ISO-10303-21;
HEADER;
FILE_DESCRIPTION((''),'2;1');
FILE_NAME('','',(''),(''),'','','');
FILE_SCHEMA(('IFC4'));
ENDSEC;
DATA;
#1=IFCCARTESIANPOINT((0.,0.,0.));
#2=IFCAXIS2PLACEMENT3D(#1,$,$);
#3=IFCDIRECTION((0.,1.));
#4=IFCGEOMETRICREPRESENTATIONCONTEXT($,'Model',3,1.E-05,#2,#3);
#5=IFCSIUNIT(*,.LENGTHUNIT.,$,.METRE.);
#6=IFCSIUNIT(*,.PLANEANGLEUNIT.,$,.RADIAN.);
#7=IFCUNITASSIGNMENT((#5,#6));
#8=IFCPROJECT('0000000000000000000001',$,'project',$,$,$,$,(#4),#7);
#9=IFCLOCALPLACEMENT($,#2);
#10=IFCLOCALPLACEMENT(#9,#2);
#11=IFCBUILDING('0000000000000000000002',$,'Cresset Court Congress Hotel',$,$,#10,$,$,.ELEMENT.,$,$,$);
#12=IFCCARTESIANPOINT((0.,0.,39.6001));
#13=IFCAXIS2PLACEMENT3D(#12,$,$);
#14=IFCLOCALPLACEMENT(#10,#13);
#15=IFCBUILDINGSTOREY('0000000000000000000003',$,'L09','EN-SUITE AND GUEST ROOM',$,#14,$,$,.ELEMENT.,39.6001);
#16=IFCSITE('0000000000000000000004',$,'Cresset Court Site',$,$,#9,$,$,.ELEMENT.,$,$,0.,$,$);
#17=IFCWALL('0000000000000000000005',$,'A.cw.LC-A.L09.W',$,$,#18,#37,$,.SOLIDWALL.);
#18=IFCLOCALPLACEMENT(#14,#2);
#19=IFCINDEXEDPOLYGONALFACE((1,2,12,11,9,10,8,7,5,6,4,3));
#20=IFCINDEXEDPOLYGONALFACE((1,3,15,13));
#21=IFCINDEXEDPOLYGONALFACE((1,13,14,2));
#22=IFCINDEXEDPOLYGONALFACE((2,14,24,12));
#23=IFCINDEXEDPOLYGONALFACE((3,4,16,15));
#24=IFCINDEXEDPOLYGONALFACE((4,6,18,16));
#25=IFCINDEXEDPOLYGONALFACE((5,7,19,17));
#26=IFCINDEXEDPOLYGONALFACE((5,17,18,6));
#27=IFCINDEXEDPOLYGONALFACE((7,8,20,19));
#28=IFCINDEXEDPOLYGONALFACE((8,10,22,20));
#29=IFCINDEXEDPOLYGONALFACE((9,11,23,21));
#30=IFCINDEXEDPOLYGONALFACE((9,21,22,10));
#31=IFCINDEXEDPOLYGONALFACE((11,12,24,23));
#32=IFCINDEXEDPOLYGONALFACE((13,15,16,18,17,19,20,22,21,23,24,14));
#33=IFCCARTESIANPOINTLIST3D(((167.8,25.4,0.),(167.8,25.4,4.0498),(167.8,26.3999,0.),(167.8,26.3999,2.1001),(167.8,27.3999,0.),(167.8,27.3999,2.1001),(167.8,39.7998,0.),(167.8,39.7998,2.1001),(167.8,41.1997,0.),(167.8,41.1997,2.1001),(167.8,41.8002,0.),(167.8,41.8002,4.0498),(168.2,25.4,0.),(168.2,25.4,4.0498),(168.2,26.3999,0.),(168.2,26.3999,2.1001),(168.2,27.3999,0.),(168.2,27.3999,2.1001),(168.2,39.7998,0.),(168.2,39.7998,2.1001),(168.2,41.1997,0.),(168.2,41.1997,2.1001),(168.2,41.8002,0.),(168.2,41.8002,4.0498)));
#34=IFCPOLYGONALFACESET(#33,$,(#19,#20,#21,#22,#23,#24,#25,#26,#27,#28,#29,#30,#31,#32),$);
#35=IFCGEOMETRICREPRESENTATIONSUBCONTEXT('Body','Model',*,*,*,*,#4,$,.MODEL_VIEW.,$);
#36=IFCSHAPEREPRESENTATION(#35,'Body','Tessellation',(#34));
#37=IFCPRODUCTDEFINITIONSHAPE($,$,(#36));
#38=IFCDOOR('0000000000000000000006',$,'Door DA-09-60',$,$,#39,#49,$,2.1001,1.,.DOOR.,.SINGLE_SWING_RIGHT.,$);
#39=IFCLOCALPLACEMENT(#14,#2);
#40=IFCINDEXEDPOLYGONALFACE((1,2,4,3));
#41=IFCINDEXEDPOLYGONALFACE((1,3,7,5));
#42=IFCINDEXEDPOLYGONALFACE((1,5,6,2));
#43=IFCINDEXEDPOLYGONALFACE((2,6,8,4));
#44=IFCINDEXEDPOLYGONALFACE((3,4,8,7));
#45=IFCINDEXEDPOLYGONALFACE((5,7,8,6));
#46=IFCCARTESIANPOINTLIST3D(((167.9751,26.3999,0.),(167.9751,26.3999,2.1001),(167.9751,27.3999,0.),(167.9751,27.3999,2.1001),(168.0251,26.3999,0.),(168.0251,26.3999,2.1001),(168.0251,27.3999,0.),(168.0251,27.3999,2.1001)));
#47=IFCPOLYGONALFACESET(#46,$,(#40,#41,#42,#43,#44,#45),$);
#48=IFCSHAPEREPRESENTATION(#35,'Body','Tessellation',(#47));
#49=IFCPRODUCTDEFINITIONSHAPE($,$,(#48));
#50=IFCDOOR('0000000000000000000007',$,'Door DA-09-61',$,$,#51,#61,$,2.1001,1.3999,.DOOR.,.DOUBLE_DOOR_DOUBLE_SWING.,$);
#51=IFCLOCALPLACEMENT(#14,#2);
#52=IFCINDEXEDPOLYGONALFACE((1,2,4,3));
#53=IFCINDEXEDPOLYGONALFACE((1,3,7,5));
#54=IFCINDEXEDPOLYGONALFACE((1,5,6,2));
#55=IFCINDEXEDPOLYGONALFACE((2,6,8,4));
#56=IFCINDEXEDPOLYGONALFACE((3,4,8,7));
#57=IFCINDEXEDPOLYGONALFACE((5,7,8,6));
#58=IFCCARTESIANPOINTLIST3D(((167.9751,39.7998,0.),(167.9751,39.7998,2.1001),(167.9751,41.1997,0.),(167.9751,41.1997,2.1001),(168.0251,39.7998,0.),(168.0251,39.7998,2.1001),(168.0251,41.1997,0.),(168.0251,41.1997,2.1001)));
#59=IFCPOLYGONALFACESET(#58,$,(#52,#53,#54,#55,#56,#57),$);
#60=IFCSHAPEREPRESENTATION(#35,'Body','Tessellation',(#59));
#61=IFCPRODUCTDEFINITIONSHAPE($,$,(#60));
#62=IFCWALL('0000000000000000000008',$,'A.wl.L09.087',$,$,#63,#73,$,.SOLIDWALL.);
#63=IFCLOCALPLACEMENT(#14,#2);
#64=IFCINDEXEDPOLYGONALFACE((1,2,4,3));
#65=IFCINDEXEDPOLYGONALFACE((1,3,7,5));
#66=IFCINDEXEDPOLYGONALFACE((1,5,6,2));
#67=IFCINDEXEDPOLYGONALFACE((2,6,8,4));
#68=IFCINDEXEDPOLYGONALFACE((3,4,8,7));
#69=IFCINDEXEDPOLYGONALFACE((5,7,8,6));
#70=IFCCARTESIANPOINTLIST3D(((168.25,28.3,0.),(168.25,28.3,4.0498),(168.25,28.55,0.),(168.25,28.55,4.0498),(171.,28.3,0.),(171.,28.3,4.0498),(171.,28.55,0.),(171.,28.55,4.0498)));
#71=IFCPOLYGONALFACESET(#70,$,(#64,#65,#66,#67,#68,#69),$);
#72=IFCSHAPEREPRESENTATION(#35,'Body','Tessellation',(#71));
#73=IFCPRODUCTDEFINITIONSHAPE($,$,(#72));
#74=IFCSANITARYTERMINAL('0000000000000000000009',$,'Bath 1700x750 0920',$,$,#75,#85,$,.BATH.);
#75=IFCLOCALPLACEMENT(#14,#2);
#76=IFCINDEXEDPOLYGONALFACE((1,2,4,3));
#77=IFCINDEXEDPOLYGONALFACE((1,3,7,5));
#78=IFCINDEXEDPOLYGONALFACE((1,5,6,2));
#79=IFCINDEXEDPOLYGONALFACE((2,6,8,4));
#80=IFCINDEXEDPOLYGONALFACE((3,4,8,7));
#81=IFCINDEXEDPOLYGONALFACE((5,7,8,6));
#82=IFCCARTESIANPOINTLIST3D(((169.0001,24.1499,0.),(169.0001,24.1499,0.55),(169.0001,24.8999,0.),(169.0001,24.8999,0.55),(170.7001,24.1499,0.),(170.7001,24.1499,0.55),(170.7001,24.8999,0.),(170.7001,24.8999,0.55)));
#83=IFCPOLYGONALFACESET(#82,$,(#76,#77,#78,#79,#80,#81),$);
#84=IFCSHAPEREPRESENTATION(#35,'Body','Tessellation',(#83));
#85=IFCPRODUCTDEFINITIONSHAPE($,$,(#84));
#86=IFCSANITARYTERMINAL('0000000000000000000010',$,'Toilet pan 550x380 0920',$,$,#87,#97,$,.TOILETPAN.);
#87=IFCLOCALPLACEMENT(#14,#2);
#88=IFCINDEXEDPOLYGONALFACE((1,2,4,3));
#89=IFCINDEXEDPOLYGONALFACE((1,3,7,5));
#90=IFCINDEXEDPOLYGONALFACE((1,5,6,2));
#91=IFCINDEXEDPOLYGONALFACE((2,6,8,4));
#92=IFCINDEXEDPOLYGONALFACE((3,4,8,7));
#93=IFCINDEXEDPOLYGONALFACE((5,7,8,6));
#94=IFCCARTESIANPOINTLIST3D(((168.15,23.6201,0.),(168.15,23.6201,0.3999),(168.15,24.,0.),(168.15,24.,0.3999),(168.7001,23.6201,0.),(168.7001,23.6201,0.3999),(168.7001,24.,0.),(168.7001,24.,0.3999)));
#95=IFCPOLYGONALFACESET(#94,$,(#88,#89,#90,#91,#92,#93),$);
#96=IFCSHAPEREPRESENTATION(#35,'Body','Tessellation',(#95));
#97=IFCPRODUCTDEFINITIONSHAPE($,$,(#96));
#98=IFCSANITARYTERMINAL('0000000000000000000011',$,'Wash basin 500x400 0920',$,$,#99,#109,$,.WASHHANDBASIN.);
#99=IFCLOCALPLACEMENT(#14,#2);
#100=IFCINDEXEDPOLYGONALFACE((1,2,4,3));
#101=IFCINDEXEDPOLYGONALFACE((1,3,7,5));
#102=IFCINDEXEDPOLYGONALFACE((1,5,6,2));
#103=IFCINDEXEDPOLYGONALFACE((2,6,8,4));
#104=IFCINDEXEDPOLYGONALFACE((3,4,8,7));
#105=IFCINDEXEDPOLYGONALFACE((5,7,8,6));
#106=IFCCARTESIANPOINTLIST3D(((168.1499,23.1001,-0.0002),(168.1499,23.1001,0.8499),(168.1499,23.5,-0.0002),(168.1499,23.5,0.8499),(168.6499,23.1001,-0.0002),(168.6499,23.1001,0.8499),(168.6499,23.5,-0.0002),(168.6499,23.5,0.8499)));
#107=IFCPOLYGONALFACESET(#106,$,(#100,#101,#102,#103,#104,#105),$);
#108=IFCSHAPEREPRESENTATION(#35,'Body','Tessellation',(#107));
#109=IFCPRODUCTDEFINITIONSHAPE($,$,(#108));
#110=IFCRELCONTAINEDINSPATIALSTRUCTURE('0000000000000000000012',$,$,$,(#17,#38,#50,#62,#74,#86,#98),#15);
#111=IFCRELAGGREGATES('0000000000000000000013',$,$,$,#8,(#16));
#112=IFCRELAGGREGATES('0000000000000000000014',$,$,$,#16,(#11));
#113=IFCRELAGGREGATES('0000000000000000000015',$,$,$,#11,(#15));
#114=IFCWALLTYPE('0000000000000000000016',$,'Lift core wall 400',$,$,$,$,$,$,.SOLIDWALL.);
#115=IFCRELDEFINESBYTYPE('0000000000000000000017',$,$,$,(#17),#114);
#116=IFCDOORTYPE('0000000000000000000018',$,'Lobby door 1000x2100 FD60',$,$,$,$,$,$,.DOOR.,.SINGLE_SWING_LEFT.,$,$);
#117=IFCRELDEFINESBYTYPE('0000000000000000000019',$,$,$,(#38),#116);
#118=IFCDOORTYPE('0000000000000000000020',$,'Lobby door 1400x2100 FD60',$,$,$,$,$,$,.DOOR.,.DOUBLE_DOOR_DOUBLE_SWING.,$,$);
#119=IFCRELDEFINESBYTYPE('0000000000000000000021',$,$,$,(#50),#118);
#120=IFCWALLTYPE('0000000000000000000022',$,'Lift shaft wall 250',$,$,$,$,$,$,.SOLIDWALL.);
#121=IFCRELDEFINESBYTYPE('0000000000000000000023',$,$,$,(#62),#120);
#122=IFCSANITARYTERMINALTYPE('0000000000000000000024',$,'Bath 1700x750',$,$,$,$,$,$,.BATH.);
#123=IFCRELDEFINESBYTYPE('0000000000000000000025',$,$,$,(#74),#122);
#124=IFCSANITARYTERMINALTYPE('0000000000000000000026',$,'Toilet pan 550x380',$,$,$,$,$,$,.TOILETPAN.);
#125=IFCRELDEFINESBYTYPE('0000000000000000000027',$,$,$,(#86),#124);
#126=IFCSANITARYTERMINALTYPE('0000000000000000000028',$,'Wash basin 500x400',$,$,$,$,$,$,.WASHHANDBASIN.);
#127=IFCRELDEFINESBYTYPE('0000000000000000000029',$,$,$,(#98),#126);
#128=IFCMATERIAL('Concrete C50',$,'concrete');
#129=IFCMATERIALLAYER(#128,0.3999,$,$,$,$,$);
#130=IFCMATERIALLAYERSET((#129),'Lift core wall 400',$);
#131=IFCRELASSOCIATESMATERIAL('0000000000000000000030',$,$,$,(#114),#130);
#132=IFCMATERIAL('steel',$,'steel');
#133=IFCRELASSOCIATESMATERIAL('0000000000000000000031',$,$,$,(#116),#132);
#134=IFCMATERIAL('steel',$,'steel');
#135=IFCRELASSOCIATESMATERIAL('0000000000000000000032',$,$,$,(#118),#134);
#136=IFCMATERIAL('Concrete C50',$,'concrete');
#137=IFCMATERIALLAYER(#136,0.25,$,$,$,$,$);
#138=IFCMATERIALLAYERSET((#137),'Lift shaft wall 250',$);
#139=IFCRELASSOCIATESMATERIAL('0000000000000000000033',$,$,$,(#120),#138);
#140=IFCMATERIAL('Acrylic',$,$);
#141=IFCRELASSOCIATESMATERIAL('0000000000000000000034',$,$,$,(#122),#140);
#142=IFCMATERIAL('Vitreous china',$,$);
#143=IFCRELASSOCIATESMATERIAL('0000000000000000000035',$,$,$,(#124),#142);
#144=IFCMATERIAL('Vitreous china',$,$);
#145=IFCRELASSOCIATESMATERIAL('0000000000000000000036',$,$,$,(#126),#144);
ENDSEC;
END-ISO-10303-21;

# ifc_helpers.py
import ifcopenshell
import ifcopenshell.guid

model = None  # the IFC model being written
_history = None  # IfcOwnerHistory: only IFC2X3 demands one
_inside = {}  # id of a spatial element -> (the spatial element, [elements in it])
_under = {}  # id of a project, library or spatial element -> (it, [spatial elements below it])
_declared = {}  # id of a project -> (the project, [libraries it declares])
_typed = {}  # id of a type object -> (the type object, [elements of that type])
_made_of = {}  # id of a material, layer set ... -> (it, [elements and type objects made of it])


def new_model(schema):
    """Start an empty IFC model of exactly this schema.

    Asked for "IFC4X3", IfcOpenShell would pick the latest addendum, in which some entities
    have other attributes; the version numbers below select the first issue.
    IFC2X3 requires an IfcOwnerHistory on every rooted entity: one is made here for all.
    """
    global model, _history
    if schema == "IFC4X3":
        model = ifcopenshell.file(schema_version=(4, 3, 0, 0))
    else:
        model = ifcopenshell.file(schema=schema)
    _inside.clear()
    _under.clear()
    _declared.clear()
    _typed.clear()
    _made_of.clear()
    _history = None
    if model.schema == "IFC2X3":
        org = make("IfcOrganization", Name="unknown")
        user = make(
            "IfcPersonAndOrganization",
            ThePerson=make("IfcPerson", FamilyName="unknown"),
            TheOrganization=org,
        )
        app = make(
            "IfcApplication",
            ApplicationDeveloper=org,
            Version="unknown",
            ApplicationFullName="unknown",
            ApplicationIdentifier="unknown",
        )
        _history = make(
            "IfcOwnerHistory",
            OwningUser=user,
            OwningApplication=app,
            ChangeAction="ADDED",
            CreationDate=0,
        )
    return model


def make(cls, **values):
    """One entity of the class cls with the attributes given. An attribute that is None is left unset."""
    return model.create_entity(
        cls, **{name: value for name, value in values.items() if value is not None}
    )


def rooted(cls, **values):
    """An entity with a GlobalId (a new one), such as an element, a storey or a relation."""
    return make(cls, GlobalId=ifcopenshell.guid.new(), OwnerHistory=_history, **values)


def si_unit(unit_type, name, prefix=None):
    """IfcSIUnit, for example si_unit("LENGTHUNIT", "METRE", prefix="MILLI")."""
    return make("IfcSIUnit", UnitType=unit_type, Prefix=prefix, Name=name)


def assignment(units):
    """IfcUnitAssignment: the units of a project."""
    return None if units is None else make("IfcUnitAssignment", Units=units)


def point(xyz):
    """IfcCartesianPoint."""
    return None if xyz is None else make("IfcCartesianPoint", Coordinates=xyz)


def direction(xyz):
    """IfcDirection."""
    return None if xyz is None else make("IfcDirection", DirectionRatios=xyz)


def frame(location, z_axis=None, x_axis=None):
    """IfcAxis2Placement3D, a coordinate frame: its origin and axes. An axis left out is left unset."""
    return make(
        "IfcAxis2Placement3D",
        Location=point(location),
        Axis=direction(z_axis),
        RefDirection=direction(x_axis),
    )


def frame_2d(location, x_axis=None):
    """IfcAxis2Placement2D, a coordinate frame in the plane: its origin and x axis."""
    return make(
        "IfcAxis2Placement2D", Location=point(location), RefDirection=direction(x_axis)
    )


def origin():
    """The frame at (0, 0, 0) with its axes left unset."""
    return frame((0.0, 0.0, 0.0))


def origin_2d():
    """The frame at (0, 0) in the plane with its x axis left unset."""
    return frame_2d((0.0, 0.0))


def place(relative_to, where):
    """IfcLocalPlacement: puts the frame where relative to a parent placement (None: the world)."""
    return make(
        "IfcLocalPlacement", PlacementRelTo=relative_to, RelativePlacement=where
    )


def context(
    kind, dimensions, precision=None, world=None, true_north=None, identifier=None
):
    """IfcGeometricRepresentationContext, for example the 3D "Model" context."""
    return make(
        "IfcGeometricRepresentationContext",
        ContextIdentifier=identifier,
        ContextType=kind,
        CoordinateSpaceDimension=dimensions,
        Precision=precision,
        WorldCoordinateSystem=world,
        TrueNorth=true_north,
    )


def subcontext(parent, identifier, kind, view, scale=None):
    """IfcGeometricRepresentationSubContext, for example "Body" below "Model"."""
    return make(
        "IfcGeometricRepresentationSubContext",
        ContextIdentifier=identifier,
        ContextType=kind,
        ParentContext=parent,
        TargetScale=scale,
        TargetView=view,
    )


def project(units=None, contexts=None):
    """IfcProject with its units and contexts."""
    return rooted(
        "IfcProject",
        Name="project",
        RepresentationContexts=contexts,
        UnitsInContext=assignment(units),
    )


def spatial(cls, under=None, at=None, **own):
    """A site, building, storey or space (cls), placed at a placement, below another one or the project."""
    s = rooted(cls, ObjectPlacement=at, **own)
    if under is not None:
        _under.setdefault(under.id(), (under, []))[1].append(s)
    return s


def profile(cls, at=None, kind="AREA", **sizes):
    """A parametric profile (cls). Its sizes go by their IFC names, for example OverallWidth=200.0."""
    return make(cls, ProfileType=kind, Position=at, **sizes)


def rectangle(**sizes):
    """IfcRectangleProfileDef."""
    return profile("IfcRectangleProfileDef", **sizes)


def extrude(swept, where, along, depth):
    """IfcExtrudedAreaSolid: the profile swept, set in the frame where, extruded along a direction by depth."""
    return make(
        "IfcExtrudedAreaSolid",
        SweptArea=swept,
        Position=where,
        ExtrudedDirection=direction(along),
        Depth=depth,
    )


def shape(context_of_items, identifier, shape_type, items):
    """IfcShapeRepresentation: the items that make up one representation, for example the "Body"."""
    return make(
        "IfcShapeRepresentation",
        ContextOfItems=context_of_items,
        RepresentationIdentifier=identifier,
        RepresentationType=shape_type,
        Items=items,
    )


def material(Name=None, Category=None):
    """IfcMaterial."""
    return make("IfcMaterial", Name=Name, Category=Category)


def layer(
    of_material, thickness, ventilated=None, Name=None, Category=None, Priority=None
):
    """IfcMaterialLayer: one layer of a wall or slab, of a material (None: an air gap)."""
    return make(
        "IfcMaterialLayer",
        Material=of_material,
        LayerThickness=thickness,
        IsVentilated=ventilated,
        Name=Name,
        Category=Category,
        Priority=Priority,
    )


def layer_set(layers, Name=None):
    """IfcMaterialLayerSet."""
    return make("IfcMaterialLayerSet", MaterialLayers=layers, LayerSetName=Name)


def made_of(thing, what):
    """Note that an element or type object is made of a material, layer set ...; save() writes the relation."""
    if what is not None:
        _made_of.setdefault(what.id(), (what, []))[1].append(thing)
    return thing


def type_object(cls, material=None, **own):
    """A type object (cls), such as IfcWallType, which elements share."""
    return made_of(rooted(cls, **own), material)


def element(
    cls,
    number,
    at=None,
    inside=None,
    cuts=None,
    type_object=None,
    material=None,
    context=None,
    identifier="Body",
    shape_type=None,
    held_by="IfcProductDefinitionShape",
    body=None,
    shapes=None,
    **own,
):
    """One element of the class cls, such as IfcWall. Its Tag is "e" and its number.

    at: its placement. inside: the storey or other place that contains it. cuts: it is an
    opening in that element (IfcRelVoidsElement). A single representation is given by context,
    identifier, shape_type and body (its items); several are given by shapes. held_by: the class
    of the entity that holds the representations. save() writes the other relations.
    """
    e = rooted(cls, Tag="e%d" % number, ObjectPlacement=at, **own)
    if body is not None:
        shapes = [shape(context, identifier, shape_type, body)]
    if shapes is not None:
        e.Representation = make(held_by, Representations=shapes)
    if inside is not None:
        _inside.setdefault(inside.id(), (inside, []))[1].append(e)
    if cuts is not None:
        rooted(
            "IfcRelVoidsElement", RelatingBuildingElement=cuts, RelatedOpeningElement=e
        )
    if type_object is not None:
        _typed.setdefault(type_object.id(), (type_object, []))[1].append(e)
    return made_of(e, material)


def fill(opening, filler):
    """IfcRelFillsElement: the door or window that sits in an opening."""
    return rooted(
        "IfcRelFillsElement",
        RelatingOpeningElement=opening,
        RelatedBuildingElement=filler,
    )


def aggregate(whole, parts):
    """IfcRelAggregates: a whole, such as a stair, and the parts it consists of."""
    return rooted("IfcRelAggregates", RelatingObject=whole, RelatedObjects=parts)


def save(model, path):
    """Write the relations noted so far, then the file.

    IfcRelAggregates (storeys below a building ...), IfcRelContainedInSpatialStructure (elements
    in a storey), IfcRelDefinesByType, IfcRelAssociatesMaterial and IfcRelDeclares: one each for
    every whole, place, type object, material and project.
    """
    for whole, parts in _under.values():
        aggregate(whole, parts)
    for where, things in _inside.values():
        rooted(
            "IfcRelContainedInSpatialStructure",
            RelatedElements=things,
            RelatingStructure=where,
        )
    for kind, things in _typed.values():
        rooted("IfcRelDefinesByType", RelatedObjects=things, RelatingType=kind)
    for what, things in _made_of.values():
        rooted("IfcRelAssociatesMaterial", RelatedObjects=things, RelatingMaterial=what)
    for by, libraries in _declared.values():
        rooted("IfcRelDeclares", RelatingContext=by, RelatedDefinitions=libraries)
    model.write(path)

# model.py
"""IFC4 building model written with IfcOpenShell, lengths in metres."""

from ifc_helpers import new_model, si_unit, direction, frame, frame_2d, origin, origin_2d, place, context, subcontext, project, spatial, rectangle, extrude, material, layer, layer_set, type_object, element, fill, save


model = new_model("IFC4")

# Units and contexts
model_context = context("Model", 3, precision=1e-05, world=origin(), true_north=direction((0.0, 1.0)))
body_context = subcontext(model_context, "Body", "Model", "MODEL_VIEW")
ifc_project = project(units=[si_unit("LENGTHUNIT", "METRE"), si_unit("PLANEANGLEUNIT", "RADIAN")], contexts=[model_context])

# Site, building, storey
site_placement = place(None, origin())
site = spatial("IfcSite", under=ifc_project, at=site_placement, Name="Cresset Court Site", CompositionType="ELEMENT", RefElevation=0.0)
building_placement = place(site_placement, origin())
building = spatial("IfcBuilding", under=site, at=building_placement, Name="Cresset Court Congress Hotel", CompositionType="ELEMENT")
storey_placement = place(building_placement, frame((0.0, 0.0, 39.6001)))
storey = spatial("IfcBuildingStorey", under=building, at=storey_placement, Name="L09", Description="EN-SUITE AND GUEST ROOM", CompositionType="ELEMENT", Elevation=39.6001)

# Shared definitions
ifc_material_1 = material(Name="Concrete C50", Category="concrete")
ifc_layer_1 = layer(ifc_material_1, 0.3999)
ifc_layer_set_1 = layer_set([ifc_layer_1], Name="Lift core wall 400")
wall_type_1 = type_object("IfcWallType", Name="Lift core wall 400", PredefinedType="SOLIDWALL", material=ifc_layer_set_1)

# Wall, openings, doors
wall_1_placement = place(storey_placement, frame((168.0, 25.3999, 0.0), z_axis=(0.0, 0.0, 1.0), x_axis=(0.0, 1.0, 0.0)))
wall_1 = element("IfcWall", 1, at=wall_1_placement, inside=storey, type_object=wall_type_1, Name="A.cw.LC-A.L09.W", PredefinedType="SOLIDWALL", context=body_context, shape_type="SweptSolid", body=[
    extrude(rectangle(XDim=16.4001, YDim=0.3999, at=frame_2d((8.2002, 0.0))), origin(), (0.0, 0.0, 1.0), 4.0498),
])
opening_1_placement = place(wall_1_placement, frame((1.0, 0.0, 0.0)))
opening_1 = element("IfcOpeningElement", 2, at=opening_1_placement, cuts=wall_1, PredefinedType="OPENING", context=body_context, shape_type="SweptSolid", body=[
    extrude(rectangle(XDim=1.0, YDim=2.1001, at=frame_2d((0.5, 1.05))), frame((0.0, 0.21, 0.0), z_axis=(0.0, -1.0, 0.0), x_axis=(1.0, 0.0, 0.0)), (0.0, 0.0, 1.0), 0.4199),
])
opening_2_placement = place(wall_1_placement, frame((14.3999, 0.0, 0.0)))
opening_2 = element("IfcOpeningElement", 3, at=opening_2_placement, cuts=wall_1, PredefinedType="OPENING", context=body_context, shape_type="SweptSolid", body=[
    extrude(rectangle(XDim=1.3999, YDim=2.1001, at=frame_2d((0.7, 1.05))), frame((0.0, 0.21, 0.0), z_axis=(0.0, -1.0, 0.0), x_axis=(1.0, 0.0, 0.0)), (0.0, 0.0, 1.0), 0.4199),
])
ifc_material_2 = material(Name="steel", Category="steel")
door_type_1 = type_object("IfcDoorType", Name="Lobby door 1000x2100 FD60", OperationType="SINGLE_SWING_LEFT", PredefinedType="DOOR", material=ifc_material_2)
door_1_placement = place(opening_1_placement, origin())
door_1 = element("IfcDoor", 4, at=door_1_placement, inside=storey, type_object=door_type_1, Name="Door DA-09-60", OperationType="SINGLE_SWING_RIGHT", OverallHeight=2.1001, OverallWidth=1.0, PredefinedType="DOOR", context=body_context, shape_type="SweptSolid", body=[
    extrude(rectangle(XDim=1.0, YDim=2.1001, at=frame_2d((0.5, 1.05))), frame((0.0, 0.0249, 0.0), z_axis=(0.0, -1.0, 0.0), x_axis=(1.0, 0.0, 0.0)), (0.0, 0.0, 1.0), 0.05),
])
fill(opening_1, door_1)
ifc_material_3 = material(Name="steel", Category="steel")
door_type_2 = type_object("IfcDoorType", Name="Lobby door 1400x2100 FD60", OperationType="DOUBLE_DOOR_DOUBLE_SWING", PredefinedType="DOOR", material=ifc_material_3)
door_2_placement = place(opening_2_placement, origin())
door_2 = element("IfcDoor", 5, at=door_2_placement, inside=storey, type_object=door_type_2, Name="Door DA-09-61", OperationType="DOUBLE_DOOR_DOUBLE_SWING", OverallHeight=2.1001, OverallWidth=1.3999, PredefinedType="DOOR", context=body_context, shape_type="SweptSolid", body=[
    extrude(rectangle(XDim=1.3999, YDim=2.1001, at=frame_2d((0.7, 1.05))), frame((0.0, 0.0249, 0.0), z_axis=(0.0, -1.0, 0.0), x_axis=(1.0, 0.0, 0.0)), (0.0, 0.0, 1.0), 0.05),
])
fill(opening_2, door_2)

# Wall
ifc_material_4 = material(Name="Concrete C50", Category="concrete")
ifc_layer_2 = layer(ifc_material_4, 0.25)
ifc_layer_set_2 = layer_set([ifc_layer_2], Name="Lift shaft wall 250")
wall_type_2 = type_object("IfcWallType", Name="Lift shaft wall 250", PredefinedType="SOLIDWALL", material=ifc_layer_set_2)
wall_2_placement = place(storey_placement, frame((168.25, 28.425, 0.0), z_axis=(0.0, 0.0, 1.0), x_axis=(1.0, 0.0, 0.0)))
element("IfcWall", 6, at=wall_2_placement, inside=storey, type_object=wall_type_2, Name="A.wl.L09.087", PredefinedType="SOLIDWALL", context=body_context, shape_type="SweptSolid", body=[
    extrude(rectangle(XDim=2.75, YDim=0.25, at=frame_2d((1.375, 0.0))), origin(), (0.0, 0.0, 1.0), 4.0498),
])

# Sanitary terminals
ifc_material_5 = material(Name="Acrylic")
sanitary_terminal_type_1 = type_object("IfcSanitaryTerminalType", Name="Bath 1700x750", PredefinedType="BATH", material=ifc_material_5)
sanitary_terminal_1_placement = place(storey_placement, frame((169.8501, 24.5249, 0.0), z_axis=(0.0, 0.0, 1.0), x_axis=(1.0, 0.0, 0.0)))
element("IfcSanitaryTerminal", 7, at=sanitary_terminal_1_placement, inside=storey, type_object=sanitary_terminal_type_1, Name="Bath 1700x750 0920", PredefinedType="BATH", context=body_context, shape_type="SweptSolid", body=[
    extrude(rectangle(XDim=1.7, YDim=0.75, at=origin_2d()), origin(), (0.0, 0.0, 1.0), 0.55),
])
ifc_material_6 = material(Name="Vitreous china")
sanitary_terminal_type_2 = type_object("IfcSanitaryTerminalType", Name="Toilet pan 550x380", PredefinedType="TOILETPAN", material=ifc_material_6)
sanitary_terminal_2_placement = place(storey_placement, frame((168.425, 23.8101, 0.0), z_axis=(0.0, 0.0, 1.0), x_axis=(1.0, 0.0, 0.0)))
element("IfcSanitaryTerminal", 8, at=sanitary_terminal_2_placement, inside=storey, type_object=sanitary_terminal_type_2, Name="Toilet pan 550x380 0920", PredefinedType="TOILETPAN", context=body_context, shape_type="SweptSolid", body=[
    extrude(rectangle(XDim=0.55, YDim=0.3799, at=origin_2d()), origin(), (0.0, 0.0, 1.0), 0.3999),
])
ifc_material_7 = material(Name="Vitreous china")
sanitary_terminal_type_3 = type_object("IfcSanitaryTerminalType", Name="Wash basin 500x400", PredefinedType="WASHHANDBASIN", material=ifc_material_7)
sanitary_terminal_3_placement = place(storey_placement, frame((168.3999, 23.3, -0.0002), z_axis=(0.0, 0.0, 1.0), x_axis=(1.0, 0.0, 0.0)))
element("IfcSanitaryTerminal", 9, at=sanitary_terminal_3_placement, inside=storey, type_object=sanitary_terminal_type_3, Name="Wash basin 500x400 0920", PredefinedType="WASHHANDBASIN", context=body_context, shape_type="SweptSolid", body=[
    extrude(rectangle(XDim=0.5, YDim=0.3999, at=origin_2d()), origin(), (0.0, 0.0, 1.0), 0.8501),
])

save(model, "model.ifc")
